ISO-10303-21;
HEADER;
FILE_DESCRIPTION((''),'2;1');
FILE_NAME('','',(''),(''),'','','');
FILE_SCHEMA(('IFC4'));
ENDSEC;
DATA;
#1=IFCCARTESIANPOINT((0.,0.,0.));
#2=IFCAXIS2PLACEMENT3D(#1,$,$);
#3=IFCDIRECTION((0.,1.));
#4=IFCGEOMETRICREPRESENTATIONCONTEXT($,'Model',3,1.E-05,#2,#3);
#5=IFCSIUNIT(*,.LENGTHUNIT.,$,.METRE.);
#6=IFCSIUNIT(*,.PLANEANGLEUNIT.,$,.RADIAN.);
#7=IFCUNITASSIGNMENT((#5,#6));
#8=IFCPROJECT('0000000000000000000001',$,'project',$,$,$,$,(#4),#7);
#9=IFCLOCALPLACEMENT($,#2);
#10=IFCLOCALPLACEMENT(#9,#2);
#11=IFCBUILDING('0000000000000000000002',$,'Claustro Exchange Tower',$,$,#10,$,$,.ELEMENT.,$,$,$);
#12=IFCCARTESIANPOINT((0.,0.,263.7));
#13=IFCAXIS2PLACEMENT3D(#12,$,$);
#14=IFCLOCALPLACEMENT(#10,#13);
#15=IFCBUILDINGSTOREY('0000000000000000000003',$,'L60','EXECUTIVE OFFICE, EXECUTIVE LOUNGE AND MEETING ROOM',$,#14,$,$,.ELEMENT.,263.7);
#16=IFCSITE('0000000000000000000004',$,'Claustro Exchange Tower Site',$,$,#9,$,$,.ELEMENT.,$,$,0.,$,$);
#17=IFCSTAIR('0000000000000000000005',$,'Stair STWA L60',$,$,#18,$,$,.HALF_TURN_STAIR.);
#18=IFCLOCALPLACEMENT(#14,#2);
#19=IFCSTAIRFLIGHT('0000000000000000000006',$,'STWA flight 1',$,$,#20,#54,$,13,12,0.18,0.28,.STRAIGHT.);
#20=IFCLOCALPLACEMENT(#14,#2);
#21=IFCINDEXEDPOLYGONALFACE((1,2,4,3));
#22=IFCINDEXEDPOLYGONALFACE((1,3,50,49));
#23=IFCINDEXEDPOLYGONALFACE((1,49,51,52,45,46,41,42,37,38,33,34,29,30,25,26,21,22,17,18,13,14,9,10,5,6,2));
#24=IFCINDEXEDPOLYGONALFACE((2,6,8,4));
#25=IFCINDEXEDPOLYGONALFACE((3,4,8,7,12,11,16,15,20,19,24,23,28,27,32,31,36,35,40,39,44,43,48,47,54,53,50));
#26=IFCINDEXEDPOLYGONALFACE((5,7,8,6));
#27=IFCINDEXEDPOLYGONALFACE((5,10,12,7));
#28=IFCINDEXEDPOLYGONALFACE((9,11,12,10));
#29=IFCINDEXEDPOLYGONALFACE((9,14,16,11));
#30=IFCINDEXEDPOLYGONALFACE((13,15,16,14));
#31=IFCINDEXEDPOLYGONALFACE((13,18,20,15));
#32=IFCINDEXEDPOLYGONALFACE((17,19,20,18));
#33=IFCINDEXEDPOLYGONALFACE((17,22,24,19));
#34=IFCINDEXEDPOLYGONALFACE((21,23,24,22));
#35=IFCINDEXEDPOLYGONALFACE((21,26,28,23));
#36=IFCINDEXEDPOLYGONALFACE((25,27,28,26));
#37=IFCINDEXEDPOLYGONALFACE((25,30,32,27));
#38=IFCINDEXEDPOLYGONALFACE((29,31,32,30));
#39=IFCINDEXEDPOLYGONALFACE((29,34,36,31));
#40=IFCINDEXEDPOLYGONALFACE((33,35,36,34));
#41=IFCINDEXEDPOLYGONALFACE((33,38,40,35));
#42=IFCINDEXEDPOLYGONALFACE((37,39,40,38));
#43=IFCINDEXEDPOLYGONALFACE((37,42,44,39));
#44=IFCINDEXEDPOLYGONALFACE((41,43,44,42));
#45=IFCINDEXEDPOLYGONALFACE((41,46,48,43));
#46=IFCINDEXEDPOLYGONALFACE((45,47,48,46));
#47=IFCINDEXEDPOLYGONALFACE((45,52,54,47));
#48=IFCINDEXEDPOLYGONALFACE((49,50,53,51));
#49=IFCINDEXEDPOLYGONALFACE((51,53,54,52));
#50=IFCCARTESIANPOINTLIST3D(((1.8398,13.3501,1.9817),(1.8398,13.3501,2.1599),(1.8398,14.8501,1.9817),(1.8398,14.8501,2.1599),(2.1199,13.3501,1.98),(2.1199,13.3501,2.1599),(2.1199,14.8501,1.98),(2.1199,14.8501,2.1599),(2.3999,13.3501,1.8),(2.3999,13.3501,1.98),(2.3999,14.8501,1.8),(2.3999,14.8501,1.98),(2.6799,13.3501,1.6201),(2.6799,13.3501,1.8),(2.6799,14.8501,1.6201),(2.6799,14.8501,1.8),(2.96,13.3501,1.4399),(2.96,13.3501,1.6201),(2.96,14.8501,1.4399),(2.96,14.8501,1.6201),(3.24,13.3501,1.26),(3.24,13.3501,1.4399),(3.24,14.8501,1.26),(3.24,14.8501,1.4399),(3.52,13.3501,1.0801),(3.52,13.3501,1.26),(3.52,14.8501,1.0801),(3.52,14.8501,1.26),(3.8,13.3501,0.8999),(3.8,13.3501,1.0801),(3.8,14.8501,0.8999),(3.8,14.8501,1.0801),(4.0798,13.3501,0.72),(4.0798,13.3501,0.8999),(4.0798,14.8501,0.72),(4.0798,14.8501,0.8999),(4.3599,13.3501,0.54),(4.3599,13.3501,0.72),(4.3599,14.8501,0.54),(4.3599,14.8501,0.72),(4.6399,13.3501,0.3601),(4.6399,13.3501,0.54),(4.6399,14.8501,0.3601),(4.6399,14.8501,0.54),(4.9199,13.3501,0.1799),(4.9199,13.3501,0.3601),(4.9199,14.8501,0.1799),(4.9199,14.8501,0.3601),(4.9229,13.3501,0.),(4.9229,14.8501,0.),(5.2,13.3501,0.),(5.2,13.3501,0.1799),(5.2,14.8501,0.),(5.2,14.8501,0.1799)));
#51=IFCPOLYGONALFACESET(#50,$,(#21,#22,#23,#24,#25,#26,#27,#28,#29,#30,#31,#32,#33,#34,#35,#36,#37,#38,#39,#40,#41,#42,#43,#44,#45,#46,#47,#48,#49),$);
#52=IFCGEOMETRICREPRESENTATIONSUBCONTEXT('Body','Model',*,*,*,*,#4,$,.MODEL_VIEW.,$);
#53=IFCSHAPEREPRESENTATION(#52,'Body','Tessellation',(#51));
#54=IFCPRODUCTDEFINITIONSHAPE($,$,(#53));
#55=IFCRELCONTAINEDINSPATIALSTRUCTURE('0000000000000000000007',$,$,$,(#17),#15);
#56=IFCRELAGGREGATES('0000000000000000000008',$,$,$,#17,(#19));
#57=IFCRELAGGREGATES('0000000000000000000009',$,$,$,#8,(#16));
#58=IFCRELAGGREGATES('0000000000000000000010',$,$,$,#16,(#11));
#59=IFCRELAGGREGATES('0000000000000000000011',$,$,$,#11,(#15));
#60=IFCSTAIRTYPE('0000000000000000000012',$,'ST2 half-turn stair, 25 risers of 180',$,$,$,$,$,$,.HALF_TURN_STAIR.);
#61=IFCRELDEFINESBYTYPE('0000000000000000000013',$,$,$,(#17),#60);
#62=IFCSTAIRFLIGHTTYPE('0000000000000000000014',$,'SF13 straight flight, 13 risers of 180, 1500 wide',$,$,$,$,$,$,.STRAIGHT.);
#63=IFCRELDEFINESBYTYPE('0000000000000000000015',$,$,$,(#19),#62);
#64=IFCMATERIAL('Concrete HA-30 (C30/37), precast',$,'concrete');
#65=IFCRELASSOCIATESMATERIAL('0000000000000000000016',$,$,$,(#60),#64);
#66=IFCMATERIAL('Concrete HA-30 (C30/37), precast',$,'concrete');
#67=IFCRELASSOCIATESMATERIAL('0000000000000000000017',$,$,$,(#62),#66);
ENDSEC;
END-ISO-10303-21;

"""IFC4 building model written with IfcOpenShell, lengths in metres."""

from ifc_helpers import new_model, si_unit, direction, frame, origin, place, context, subcontext, project, spatial, polyline, outline, extrude, material, type_object, element, aggregate, save


model = new_model("IFC4")

# Units and contexts
model_context = context("Model", 3, precision=1e-05, world=origin(), true_north=direction((0.0, 1.0)))
body_context = subcontext(model_context, "Body", "Model", "MODEL_VIEW")
ifc_project = project(units=[si_unit("LENGTHUNIT", "METRE"), si_unit("PLANEANGLEUNIT", "RADIAN")], contexts=[model_context])

# Site, building, storey
site_placement = place(None, origin())
site = spatial("IfcSite", under=ifc_project, at=site_placement, Name="Claustro Exchange Tower Site", CompositionType="ELEMENT", RefElevation=0.0)
building_placement = place(site_placement, origin())
building = spatial("IfcBuilding", under=site, at=building_placement, Name="Claustro Exchange Tower", CompositionType="ELEMENT")
storey_placement = place(building_placement, frame((0.0, 0.0, 263.7)))
storey = spatial("IfcBuildingStorey", under=building, at=storey_placement, Name="L60", Description="EXECUTIVE OFFICE, EXECUTIVE LOUNGE AND MEETING ROOM", CompositionType="ELEMENT", Elevation=263.7)

# Stair, stair flight
ifc_material_1 = material(Name="Concrete HA-30 (C30/37), precast", Category="concrete")
stair_type = type_object("IfcStairType", Name="ST2 half-turn stair, 25 risers of 180", PredefinedType="HALF_TURN_STAIR", material=ifc_material_1)
stair_placement = place(storey_placement, origin())
stair = element("IfcStair", 1, at=stair_placement, inside=storey, type_object=stair_type, Name="Stair STWA L60", PredefinedType="HALF_TURN_STAIR")
ifc_material_2 = material(Name="Concrete HA-30 (C30/37), precast", Category="concrete")
stair_flight_type = type_object("IfcStairFlightType", Name="SF13 straight flight, 13 risers of 180, 1500 wide", PredefinedType="STRAIGHT", material=ifc_material_2)
stair_flight_placement = place(storey_placement, frame((5.2, 14.1001, 0.0), z_axis=(0.0, 0.0, 1.0), x_axis=(-1.0, 0.0, 0.0)))
stair_flight = element("IfcStairFlight", 2, at=stair_flight_placement, type_object=stair_flight_type, Name="STWA flight 1", NumberOfRisers=13, NumberOfTreads=12, PredefinedType="STRAIGHT", RiserHeight=0.18, TreadLength=0.28, context=body_context, shape_type="SweptSolid", body=[
    extrude(outline(polyline([(0.0, 0.0), (0.0, 0.1799), (0.28, 0.1799), (0.28, 0.3601), (0.5601, 0.3601), (0.5601, 0.54), (0.8401, 0.54), (0.8401, 0.72), (1.1201, 0.72), (1.1201, 0.8999), (1.3999, 0.8999), (1.3999, 1.0801), (1.6799, 1.0801), (1.6799, 1.26), (1.96, 1.26), (1.96, 1.4399), (2.24, 1.4399), (2.24, 1.6201), (2.52, 1.6201), (2.52, 1.8), (2.8, 1.8), (2.8, 1.98), (3.0801, 1.98), (3.0801, 2.1599), (3.3601, 2.1599), (3.3601, 2.3401), (3.3601, 1.9817), (0.2771, 0.0), (0.0, 0.0)])), frame((0.0, 0.75, 0.0), z_axis=(0.0, -1.0, 0.0), x_axis=(1.0, 0.0, 0.0)), (0.0, 0.0, 1.0), 1.5),
])
aggregate(stair, [stair_flight])

save(model, "model.ifc")
